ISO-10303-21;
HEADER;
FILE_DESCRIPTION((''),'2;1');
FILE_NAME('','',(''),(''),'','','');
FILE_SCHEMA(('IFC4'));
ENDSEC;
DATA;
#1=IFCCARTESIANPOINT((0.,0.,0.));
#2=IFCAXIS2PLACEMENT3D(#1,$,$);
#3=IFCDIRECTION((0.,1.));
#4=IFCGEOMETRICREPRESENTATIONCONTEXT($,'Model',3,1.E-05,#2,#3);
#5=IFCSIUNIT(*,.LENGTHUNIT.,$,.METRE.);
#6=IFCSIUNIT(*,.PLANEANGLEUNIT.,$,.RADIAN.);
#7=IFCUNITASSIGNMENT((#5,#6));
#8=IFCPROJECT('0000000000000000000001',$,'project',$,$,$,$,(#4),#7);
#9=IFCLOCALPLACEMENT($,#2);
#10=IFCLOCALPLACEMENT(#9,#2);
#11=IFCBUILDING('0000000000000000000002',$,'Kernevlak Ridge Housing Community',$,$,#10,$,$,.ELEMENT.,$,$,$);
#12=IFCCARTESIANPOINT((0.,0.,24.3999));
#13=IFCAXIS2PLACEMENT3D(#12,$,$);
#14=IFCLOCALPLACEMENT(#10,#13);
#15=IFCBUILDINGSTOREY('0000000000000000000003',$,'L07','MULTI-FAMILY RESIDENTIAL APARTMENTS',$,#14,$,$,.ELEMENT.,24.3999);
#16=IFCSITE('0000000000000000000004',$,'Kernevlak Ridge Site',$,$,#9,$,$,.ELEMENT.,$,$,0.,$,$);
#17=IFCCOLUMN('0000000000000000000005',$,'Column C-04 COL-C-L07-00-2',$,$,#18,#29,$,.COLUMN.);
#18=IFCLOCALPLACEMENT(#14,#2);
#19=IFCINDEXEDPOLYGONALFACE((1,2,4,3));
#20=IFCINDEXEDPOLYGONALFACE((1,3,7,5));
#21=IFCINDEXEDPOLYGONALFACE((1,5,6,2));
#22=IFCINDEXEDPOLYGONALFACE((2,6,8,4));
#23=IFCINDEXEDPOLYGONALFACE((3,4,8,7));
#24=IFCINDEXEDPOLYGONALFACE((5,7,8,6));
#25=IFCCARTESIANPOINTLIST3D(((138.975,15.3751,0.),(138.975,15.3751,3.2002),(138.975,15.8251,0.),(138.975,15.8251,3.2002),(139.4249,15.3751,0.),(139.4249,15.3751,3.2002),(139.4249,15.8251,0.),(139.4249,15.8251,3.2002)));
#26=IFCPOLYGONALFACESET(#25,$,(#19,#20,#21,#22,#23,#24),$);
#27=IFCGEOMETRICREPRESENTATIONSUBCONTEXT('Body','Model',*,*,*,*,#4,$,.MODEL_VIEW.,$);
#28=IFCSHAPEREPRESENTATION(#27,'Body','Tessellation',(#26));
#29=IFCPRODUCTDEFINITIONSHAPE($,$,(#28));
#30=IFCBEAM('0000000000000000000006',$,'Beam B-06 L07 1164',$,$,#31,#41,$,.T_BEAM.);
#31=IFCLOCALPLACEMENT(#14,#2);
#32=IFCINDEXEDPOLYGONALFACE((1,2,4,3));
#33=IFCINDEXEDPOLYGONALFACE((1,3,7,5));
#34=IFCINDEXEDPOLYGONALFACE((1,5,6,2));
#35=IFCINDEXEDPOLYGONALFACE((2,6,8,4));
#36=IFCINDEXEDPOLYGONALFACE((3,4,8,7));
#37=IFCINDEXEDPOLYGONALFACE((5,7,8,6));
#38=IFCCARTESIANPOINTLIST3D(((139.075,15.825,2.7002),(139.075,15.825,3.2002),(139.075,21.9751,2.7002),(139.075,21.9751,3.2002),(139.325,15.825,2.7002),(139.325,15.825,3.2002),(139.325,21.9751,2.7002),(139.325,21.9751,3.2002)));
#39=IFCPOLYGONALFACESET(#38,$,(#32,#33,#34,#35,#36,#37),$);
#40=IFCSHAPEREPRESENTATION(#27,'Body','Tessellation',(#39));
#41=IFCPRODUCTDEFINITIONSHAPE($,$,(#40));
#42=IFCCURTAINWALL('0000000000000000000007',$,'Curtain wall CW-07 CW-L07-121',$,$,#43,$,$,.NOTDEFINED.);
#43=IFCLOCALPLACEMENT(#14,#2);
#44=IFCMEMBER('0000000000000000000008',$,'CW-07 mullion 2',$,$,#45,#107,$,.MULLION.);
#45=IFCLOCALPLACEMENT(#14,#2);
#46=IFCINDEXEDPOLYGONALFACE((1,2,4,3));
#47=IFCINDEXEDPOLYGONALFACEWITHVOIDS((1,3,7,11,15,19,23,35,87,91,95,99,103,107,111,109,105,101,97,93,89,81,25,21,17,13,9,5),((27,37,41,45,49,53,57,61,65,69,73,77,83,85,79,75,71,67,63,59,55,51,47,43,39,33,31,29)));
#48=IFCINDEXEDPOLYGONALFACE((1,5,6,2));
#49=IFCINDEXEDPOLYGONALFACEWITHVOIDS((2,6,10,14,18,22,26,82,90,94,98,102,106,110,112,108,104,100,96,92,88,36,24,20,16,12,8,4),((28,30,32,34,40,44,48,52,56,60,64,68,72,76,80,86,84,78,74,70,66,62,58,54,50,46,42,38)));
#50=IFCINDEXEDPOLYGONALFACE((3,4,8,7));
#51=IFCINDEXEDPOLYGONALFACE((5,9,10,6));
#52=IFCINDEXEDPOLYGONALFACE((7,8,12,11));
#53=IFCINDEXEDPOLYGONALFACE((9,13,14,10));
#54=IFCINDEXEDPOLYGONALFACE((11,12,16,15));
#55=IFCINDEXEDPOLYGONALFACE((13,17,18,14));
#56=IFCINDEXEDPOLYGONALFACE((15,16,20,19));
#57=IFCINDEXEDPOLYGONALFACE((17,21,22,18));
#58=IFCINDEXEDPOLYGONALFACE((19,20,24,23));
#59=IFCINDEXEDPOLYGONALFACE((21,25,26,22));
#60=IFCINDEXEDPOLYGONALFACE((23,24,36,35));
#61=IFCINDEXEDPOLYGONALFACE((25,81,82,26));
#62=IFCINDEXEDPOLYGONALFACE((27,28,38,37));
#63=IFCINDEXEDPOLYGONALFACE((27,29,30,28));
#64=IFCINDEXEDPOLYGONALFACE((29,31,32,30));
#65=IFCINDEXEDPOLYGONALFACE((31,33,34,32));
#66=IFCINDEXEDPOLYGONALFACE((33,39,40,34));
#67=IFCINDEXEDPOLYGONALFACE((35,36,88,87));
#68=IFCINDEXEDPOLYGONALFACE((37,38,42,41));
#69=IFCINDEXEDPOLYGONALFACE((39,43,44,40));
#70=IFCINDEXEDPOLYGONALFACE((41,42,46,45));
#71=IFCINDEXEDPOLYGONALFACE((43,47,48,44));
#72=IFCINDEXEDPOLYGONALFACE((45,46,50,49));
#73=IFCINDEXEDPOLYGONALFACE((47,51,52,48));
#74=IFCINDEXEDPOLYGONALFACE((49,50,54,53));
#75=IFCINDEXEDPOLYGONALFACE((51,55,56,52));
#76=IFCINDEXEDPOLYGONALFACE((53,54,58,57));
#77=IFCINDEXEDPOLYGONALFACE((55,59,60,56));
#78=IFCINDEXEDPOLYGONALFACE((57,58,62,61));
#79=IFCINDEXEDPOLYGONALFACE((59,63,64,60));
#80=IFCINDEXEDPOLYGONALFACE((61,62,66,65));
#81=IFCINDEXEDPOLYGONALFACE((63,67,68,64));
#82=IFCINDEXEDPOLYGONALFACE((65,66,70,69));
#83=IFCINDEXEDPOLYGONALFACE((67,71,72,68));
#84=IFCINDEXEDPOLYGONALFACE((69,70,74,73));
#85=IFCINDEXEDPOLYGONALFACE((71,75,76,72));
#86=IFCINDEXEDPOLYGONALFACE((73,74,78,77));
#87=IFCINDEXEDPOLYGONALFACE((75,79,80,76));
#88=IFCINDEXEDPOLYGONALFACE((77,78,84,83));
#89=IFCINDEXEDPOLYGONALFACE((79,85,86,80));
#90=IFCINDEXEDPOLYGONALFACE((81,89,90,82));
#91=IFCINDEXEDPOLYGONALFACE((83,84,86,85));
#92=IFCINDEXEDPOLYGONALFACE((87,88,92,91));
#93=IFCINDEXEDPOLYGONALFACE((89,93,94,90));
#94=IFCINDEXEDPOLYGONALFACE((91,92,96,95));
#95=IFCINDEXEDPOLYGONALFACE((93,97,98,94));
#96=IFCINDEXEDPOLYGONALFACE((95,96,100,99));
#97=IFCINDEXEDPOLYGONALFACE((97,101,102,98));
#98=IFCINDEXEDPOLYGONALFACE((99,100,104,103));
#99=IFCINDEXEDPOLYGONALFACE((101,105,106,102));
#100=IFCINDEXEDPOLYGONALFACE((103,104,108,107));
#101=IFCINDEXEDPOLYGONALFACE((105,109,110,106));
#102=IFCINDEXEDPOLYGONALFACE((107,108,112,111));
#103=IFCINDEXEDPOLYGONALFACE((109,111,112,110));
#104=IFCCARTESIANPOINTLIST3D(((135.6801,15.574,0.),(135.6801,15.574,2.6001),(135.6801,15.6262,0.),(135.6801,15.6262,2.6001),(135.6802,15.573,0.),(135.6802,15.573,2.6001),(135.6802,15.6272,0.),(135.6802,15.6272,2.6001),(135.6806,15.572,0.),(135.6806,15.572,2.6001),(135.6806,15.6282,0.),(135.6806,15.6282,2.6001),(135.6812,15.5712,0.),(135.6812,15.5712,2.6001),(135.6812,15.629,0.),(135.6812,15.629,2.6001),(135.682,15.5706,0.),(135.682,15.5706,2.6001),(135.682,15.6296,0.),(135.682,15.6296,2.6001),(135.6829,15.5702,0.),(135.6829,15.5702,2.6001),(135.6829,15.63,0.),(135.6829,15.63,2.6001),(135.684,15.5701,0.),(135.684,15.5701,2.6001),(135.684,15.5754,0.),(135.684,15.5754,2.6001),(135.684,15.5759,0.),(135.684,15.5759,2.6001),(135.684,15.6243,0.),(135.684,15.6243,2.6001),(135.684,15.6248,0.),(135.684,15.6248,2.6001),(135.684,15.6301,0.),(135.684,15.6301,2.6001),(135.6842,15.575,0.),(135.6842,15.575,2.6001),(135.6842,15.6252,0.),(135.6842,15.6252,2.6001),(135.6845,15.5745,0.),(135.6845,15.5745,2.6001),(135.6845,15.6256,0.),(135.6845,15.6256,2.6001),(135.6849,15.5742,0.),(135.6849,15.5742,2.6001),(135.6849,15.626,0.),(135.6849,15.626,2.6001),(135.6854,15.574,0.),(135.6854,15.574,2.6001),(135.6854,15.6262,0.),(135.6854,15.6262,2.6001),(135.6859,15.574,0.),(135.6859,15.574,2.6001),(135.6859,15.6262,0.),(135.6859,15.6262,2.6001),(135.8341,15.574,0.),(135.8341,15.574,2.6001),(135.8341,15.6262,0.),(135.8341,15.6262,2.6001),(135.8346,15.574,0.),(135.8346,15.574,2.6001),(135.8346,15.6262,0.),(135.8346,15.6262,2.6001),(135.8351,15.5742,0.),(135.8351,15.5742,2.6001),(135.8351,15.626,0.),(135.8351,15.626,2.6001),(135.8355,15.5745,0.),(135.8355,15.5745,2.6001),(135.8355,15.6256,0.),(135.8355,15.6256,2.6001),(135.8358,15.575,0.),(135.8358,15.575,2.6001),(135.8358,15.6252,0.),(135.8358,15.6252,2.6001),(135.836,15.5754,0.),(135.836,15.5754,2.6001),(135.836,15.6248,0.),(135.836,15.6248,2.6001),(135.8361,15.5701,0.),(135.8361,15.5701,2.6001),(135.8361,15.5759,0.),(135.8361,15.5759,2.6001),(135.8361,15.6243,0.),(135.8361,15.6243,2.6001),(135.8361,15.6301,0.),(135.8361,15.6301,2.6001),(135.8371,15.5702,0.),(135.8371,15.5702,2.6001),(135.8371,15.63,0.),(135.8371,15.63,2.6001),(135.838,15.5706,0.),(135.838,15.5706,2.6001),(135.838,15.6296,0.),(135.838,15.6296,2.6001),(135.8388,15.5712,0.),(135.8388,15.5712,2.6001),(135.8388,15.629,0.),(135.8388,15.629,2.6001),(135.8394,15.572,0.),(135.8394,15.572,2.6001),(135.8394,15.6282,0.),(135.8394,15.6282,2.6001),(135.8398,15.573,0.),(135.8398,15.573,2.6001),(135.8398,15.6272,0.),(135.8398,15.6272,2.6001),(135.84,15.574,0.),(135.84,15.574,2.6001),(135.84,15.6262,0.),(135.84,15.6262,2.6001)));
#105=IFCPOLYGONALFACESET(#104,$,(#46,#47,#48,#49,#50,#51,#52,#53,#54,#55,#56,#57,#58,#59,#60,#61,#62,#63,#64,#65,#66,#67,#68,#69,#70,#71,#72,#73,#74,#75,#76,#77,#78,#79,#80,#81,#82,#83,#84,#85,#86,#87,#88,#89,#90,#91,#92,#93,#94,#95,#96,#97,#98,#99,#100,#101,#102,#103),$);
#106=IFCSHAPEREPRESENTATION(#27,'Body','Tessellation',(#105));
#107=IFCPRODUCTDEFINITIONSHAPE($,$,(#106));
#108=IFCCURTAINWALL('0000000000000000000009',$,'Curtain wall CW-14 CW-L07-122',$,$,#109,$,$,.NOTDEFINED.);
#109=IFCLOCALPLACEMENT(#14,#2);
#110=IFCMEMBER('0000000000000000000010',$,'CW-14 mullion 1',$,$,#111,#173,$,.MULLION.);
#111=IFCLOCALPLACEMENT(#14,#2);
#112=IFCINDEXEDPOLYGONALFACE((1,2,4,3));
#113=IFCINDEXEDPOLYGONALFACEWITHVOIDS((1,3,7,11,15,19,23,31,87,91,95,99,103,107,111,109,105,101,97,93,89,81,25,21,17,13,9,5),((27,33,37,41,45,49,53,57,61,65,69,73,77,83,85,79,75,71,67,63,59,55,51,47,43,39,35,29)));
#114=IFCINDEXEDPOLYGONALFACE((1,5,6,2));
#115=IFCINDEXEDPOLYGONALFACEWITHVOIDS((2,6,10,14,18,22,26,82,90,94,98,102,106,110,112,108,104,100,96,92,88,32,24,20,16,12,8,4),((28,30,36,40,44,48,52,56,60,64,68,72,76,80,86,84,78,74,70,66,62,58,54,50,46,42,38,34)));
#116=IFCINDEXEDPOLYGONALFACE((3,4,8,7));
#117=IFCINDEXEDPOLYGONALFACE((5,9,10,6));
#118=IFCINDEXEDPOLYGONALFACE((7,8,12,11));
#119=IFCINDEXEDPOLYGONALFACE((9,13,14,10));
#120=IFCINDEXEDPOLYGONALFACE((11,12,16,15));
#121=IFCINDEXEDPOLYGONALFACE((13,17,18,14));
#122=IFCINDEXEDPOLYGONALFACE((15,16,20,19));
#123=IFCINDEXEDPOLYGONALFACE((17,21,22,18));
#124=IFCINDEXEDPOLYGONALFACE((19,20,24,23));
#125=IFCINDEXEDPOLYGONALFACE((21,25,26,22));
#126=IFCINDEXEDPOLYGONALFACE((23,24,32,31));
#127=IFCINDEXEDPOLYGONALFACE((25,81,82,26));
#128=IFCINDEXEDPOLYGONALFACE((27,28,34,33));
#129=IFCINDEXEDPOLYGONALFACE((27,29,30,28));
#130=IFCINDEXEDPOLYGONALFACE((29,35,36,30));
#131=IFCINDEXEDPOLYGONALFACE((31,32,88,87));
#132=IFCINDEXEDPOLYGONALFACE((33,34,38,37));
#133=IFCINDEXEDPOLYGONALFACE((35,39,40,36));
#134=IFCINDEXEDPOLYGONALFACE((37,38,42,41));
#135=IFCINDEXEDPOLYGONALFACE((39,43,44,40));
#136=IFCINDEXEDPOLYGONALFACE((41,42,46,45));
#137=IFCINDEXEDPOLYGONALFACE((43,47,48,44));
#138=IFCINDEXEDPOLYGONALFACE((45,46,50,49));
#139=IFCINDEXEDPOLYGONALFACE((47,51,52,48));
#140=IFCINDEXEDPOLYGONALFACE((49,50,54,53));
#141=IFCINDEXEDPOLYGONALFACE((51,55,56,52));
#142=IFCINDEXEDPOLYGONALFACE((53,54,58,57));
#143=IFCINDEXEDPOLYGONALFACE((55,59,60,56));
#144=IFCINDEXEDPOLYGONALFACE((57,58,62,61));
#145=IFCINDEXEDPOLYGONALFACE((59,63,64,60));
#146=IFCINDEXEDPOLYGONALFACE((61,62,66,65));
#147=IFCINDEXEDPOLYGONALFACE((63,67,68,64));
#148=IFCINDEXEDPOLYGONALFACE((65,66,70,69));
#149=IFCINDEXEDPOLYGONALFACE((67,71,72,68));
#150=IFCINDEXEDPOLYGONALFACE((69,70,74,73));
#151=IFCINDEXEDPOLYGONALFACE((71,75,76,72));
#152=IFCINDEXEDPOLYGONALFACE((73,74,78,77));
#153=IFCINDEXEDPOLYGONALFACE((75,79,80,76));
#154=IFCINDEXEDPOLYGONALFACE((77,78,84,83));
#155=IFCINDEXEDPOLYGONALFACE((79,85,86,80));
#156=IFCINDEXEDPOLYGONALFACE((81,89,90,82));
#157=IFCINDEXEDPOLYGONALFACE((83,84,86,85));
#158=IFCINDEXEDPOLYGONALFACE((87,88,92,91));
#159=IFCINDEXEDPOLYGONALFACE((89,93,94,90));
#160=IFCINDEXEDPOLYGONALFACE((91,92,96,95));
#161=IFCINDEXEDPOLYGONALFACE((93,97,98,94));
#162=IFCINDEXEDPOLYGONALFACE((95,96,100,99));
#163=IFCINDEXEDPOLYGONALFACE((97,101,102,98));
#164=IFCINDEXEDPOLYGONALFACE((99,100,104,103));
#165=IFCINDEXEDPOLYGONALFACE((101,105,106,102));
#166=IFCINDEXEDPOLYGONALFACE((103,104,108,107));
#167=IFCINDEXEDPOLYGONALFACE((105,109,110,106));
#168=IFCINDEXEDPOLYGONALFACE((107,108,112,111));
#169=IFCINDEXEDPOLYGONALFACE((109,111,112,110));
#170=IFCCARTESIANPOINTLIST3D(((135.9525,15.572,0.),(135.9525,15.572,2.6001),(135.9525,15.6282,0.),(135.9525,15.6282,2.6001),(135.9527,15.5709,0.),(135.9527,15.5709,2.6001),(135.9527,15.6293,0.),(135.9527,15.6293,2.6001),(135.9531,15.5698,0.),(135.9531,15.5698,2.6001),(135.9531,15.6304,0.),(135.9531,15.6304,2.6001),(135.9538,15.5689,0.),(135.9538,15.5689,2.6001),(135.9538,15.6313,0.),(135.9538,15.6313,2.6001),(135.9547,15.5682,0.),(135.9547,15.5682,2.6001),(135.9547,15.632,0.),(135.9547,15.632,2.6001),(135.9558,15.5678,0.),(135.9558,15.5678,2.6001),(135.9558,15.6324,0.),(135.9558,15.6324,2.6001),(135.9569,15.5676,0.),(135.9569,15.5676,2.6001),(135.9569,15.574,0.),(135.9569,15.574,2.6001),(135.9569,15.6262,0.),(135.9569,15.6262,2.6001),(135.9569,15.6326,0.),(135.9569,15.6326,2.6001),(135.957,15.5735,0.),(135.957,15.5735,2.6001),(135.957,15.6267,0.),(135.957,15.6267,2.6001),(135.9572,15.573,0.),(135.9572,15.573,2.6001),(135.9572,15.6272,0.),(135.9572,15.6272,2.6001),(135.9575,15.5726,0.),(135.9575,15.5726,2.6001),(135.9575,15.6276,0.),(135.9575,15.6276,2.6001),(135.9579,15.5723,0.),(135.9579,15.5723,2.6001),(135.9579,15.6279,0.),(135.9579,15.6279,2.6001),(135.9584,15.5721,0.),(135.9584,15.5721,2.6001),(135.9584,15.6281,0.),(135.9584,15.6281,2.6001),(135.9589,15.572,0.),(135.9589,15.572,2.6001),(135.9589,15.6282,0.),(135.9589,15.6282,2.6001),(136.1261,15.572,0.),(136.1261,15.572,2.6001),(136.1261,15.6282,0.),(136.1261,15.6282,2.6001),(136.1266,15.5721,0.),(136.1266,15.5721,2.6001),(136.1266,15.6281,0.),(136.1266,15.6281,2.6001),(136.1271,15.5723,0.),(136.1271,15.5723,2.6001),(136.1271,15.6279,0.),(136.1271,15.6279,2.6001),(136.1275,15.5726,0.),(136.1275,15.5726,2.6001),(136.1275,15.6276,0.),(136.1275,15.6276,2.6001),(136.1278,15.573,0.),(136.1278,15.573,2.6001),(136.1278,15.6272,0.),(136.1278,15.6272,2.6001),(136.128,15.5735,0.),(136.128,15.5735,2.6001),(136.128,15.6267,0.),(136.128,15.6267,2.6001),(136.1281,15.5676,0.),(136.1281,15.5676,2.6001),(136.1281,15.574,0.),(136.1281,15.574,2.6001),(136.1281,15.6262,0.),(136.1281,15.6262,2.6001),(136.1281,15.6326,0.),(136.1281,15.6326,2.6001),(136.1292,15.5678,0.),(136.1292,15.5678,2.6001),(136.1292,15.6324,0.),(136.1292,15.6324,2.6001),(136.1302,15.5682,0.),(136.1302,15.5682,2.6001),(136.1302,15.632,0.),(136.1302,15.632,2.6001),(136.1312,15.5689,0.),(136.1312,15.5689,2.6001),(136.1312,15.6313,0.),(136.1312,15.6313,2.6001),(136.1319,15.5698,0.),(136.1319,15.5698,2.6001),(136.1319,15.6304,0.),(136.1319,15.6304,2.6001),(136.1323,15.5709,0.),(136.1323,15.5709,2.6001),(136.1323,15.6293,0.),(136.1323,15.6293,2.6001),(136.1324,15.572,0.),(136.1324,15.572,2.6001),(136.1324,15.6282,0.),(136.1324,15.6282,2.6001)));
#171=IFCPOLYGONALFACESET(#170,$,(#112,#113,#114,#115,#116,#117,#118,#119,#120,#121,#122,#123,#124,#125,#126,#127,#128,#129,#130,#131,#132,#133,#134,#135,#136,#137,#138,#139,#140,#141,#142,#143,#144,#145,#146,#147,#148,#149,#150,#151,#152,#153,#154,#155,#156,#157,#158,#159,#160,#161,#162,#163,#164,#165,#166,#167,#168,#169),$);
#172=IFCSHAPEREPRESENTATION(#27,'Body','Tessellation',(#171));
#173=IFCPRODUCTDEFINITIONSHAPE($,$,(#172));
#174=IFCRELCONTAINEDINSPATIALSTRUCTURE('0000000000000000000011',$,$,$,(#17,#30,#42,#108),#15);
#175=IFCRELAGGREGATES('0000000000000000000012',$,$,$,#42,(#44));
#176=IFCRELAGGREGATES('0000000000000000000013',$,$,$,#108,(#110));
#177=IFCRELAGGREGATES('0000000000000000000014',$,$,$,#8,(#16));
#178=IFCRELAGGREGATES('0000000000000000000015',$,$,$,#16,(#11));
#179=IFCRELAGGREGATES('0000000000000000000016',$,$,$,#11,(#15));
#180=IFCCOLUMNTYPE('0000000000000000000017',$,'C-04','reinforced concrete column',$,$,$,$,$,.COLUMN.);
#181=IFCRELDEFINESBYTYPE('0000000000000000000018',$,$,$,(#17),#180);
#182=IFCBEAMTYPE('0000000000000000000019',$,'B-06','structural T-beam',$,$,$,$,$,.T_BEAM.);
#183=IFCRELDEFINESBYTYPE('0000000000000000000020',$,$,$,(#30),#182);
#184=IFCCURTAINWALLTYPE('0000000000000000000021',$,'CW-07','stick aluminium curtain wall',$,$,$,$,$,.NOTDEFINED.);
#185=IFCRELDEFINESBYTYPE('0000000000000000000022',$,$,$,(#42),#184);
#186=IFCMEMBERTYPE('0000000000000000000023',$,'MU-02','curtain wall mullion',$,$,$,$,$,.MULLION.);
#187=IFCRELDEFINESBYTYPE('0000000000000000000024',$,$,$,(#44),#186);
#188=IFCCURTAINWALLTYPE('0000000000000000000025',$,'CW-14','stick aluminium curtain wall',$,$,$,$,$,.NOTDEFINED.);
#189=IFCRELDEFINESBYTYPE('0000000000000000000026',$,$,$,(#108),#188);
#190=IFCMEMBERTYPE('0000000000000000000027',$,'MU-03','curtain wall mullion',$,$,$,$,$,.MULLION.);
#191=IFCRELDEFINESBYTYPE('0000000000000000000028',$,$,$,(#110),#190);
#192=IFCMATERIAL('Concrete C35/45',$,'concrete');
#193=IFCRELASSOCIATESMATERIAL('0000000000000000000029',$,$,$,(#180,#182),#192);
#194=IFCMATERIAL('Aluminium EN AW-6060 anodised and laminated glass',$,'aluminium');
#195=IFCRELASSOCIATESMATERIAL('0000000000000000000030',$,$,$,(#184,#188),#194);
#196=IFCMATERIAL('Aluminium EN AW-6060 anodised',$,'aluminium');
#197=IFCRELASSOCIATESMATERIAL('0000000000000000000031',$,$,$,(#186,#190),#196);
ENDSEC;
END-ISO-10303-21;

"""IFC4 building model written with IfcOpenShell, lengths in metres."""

from ifc_helpers import new_model, si_unit, direction, frame, origin, origin_2d, place, context, subcontext, project, spatial, rectangle, hollow_rectangle, extrude, material, material_profile, profile_set, type_object, element, aggregate, save


model = new_model("IFC4")

# Units and contexts
model_context = context("Model", 3, precision=1e-05, world=origin(), true_north=direction((0.0, 1.0)))
body_context = subcontext(model_context, "Body", "Model", "MODEL_VIEW")
ifc_project = project(units=[si_unit("LENGTHUNIT", "METRE"), si_unit("PLANEANGLEUNIT", "RADIAN")], contexts=[model_context])

# Site, building, storey
site_placement = place(None, origin())
site = spatial("IfcSite", under=ifc_project, at=site_placement, Name="Kernevlak Ridge Site", CompositionType="ELEMENT", RefElevation=0.0)
building_placement = place(site_placement, origin())
building = spatial("IfcBuilding", under=site, at=building_placement, Name="Kernevlak Ridge Housing Community", CompositionType="ELEMENT")
storey_placement = place(building_placement, frame((0.0, 0.0, 24.3999)))
storey = spatial("IfcBuildingStorey", under=building, at=storey_placement, Name="L07", Description="MULTI-FAMILY RESIDENTIAL APARTMENTS", CompositionType="ELEMENT", Elevation=24.3999)

# Column
ifc_material_1 = material(Name="Concrete C35/45", Category="concrete")
ifc_material_profile_1 = material_profile(ifc_material_1, rectangle(XDim=0.45, YDim=0.45, at=origin_2d()), Name="RC 450x450")
ifc_profile_set_1 = profile_set([ifc_material_profile_1], Name="Concrete C35/45")
column_type = type_object("IfcColumnType", Name="C-04", Description="reinforced concrete column", PredefinedType="COLUMN", material=ifc_profile_set_1)
column_placement = place(storey_placement, frame((139.2, 15.6001, 0.0), z_axis=(0.0, 0.0, 1.0), x_axis=(1.0, 0.0, 0.0)))
element("IfcColumn", 1, at=column_placement, inside=storey, type_object=column_type, Name="Column C-04 COL-C-L07-00-2", PredefinedType="COLUMN", context=body_context, shape_type="SweptSolid", body=[
    extrude(rectangle(XDim=0.45, YDim=0.45, at=origin_2d()), origin(), (0.0, 0.0, 1.0), 3.2002),
])

# Beam
ifc_material_profile_2 = material_profile(ifc_material_1, rectangle(XDim=0.25, YDim=0.5, at=origin_2d()), Name="RC 250x500")
ifc_profile_set_2 = profile_set([ifc_material_profile_2], Name="Concrete C35/45")
beam_type = type_object("IfcBeamType", Name="B-06", Description="structural T-beam", PredefinedType="T_BEAM", material=ifc_profile_set_2)
beam_placement = place(storey_placement, frame((139.2, 15.825, 2.9502), z_axis=(0.0, 1.0, 0.0), x_axis=(-1.0, 0.0, 0.0)))
element("IfcBeam", 2, at=beam_placement, inside=storey, type_object=beam_type, Name="Beam B-06 L07 1164", PredefinedType="T_BEAM", context=body_context, shape_type="SweptSolid", body=[
    extrude(rectangle(XDim=0.25, YDim=0.5, at=origin_2d()), origin(), (0.0, 0.0, 1.0), 6.1501),
])

# Curtain wall, member
ifc_material_2 = material(Name="Aluminium EN AW-6060 anodised and laminated glass", Category="aluminium")
curtain_wall_type_1 = type_object("IfcCurtainWallType", Name="CW-07", Description="stick aluminium curtain wall", PredefinedType="NOTDEFINED", material=ifc_material_2)
curtain_wall_1_placement = place(storey_placement, origin())
curtain_wall_1 = element("IfcCurtainWall", 3, at=curtain_wall_1_placement, inside=storey, type_object=curtain_wall_type_1, Name="Curtain wall CW-07 CW-L07-121", PredefinedType="NOTDEFINED")
ifc_material_3 = material(Name="Aluminium EN AW-6060 anodised", Category="aluminium")
ifc_material_profile_3 = material_profile(ifc_material_3, hollow_rectangle(XDim=0.0601, YDim=0.1599, WallThickness=0.0039, InnerFilletRadius=0.002, OuterFilletRadius=0.0039, at=origin_2d()), Name="ALU 60x160x4")
ifc_profile_set_3 = profile_set([ifc_material_profile_3], Name="Aluminium EN AW-6060 anodised")
member_type_1 = type_object("IfcMemberType", Name="MU-02", Description="curtain wall mullion", PredefinedType="MULLION", material=ifc_profile_set_3)
member_1_placement = place(storey_placement, frame((135.76, 15.6001, 0.0), z_axis=(0.0, 0.0, 1.0), x_axis=(0.0, 1.0, 0.0)))
member_1 = element("IfcMember", 4, at=member_1_placement, type_object=member_type_1, Name="CW-07 mullion 2", PredefinedType="MULLION", context=body_context, shape_type="SweptSolid", body=[
    extrude(hollow_rectangle(XDim=0.0601, YDim=0.1599, WallThickness=0.0039, InnerFilletRadius=0.002, OuterFilletRadius=0.0039, at=origin_2d()), origin(), (0.0, 0.0, 1.0), 2.6001),
])

# Curtain wall, member
curtain_wall_type_2 = type_object("IfcCurtainWallType", Name="CW-14", Description="stick aluminium curtain wall", PredefinedType="NOTDEFINED", material=ifc_material_2)
curtain_wall_2_placement = place(storey_placement, origin())
curtain_wall_2 = element("IfcCurtainWall", 5, at=curtain_wall_2_placement, inside=storey, type_object=curtain_wall_type_2, Name="Curtain wall CW-14 CW-L07-122", PredefinedType="NOTDEFINED")
ifc_material_profile_4 = material_profile(ifc_material_3, hollow_rectangle(XDim=0.0649, YDim=0.1799, WallThickness=0.0044, InnerFilletRadius=0.002, OuterFilletRadius=0.0044, at=origin_2d()), Name="ALU 65x180x4.5")
ifc_profile_set_4 = profile_set([ifc_material_profile_4], Name="Aluminium EN AW-6060 anodised")
member_type_2 = type_object("IfcMemberType", Name="MU-03", Description="curtain wall mullion", PredefinedType="MULLION", material=ifc_profile_set_4)
member_2_placement = place(storey_placement, frame((136.0425, 15.6001, 0.0), z_axis=(0.0, 0.0, 1.0), x_axis=(0.0, 1.0, 0.0)))
member_2 = element("IfcMember", 6, at=member_2_placement, type_object=member_type_2, Name="CW-14 mullion 1", PredefinedType="MULLION", context=body_context, shape_type="SweptSolid", body=[
    extrude(hollow_rectangle(XDim=0.0649, YDim=0.1799, WallThickness=0.0044, InnerFilletRadius=0.002, OuterFilletRadius=0.0044, at=origin_2d()), origin(), (0.0, 0.0, 1.0), 2.6001),
])

aggregate(curtain_wall_1, [member_1])
aggregate(curtain_wall_2, [member_2])

save(model, "model.ifc")
